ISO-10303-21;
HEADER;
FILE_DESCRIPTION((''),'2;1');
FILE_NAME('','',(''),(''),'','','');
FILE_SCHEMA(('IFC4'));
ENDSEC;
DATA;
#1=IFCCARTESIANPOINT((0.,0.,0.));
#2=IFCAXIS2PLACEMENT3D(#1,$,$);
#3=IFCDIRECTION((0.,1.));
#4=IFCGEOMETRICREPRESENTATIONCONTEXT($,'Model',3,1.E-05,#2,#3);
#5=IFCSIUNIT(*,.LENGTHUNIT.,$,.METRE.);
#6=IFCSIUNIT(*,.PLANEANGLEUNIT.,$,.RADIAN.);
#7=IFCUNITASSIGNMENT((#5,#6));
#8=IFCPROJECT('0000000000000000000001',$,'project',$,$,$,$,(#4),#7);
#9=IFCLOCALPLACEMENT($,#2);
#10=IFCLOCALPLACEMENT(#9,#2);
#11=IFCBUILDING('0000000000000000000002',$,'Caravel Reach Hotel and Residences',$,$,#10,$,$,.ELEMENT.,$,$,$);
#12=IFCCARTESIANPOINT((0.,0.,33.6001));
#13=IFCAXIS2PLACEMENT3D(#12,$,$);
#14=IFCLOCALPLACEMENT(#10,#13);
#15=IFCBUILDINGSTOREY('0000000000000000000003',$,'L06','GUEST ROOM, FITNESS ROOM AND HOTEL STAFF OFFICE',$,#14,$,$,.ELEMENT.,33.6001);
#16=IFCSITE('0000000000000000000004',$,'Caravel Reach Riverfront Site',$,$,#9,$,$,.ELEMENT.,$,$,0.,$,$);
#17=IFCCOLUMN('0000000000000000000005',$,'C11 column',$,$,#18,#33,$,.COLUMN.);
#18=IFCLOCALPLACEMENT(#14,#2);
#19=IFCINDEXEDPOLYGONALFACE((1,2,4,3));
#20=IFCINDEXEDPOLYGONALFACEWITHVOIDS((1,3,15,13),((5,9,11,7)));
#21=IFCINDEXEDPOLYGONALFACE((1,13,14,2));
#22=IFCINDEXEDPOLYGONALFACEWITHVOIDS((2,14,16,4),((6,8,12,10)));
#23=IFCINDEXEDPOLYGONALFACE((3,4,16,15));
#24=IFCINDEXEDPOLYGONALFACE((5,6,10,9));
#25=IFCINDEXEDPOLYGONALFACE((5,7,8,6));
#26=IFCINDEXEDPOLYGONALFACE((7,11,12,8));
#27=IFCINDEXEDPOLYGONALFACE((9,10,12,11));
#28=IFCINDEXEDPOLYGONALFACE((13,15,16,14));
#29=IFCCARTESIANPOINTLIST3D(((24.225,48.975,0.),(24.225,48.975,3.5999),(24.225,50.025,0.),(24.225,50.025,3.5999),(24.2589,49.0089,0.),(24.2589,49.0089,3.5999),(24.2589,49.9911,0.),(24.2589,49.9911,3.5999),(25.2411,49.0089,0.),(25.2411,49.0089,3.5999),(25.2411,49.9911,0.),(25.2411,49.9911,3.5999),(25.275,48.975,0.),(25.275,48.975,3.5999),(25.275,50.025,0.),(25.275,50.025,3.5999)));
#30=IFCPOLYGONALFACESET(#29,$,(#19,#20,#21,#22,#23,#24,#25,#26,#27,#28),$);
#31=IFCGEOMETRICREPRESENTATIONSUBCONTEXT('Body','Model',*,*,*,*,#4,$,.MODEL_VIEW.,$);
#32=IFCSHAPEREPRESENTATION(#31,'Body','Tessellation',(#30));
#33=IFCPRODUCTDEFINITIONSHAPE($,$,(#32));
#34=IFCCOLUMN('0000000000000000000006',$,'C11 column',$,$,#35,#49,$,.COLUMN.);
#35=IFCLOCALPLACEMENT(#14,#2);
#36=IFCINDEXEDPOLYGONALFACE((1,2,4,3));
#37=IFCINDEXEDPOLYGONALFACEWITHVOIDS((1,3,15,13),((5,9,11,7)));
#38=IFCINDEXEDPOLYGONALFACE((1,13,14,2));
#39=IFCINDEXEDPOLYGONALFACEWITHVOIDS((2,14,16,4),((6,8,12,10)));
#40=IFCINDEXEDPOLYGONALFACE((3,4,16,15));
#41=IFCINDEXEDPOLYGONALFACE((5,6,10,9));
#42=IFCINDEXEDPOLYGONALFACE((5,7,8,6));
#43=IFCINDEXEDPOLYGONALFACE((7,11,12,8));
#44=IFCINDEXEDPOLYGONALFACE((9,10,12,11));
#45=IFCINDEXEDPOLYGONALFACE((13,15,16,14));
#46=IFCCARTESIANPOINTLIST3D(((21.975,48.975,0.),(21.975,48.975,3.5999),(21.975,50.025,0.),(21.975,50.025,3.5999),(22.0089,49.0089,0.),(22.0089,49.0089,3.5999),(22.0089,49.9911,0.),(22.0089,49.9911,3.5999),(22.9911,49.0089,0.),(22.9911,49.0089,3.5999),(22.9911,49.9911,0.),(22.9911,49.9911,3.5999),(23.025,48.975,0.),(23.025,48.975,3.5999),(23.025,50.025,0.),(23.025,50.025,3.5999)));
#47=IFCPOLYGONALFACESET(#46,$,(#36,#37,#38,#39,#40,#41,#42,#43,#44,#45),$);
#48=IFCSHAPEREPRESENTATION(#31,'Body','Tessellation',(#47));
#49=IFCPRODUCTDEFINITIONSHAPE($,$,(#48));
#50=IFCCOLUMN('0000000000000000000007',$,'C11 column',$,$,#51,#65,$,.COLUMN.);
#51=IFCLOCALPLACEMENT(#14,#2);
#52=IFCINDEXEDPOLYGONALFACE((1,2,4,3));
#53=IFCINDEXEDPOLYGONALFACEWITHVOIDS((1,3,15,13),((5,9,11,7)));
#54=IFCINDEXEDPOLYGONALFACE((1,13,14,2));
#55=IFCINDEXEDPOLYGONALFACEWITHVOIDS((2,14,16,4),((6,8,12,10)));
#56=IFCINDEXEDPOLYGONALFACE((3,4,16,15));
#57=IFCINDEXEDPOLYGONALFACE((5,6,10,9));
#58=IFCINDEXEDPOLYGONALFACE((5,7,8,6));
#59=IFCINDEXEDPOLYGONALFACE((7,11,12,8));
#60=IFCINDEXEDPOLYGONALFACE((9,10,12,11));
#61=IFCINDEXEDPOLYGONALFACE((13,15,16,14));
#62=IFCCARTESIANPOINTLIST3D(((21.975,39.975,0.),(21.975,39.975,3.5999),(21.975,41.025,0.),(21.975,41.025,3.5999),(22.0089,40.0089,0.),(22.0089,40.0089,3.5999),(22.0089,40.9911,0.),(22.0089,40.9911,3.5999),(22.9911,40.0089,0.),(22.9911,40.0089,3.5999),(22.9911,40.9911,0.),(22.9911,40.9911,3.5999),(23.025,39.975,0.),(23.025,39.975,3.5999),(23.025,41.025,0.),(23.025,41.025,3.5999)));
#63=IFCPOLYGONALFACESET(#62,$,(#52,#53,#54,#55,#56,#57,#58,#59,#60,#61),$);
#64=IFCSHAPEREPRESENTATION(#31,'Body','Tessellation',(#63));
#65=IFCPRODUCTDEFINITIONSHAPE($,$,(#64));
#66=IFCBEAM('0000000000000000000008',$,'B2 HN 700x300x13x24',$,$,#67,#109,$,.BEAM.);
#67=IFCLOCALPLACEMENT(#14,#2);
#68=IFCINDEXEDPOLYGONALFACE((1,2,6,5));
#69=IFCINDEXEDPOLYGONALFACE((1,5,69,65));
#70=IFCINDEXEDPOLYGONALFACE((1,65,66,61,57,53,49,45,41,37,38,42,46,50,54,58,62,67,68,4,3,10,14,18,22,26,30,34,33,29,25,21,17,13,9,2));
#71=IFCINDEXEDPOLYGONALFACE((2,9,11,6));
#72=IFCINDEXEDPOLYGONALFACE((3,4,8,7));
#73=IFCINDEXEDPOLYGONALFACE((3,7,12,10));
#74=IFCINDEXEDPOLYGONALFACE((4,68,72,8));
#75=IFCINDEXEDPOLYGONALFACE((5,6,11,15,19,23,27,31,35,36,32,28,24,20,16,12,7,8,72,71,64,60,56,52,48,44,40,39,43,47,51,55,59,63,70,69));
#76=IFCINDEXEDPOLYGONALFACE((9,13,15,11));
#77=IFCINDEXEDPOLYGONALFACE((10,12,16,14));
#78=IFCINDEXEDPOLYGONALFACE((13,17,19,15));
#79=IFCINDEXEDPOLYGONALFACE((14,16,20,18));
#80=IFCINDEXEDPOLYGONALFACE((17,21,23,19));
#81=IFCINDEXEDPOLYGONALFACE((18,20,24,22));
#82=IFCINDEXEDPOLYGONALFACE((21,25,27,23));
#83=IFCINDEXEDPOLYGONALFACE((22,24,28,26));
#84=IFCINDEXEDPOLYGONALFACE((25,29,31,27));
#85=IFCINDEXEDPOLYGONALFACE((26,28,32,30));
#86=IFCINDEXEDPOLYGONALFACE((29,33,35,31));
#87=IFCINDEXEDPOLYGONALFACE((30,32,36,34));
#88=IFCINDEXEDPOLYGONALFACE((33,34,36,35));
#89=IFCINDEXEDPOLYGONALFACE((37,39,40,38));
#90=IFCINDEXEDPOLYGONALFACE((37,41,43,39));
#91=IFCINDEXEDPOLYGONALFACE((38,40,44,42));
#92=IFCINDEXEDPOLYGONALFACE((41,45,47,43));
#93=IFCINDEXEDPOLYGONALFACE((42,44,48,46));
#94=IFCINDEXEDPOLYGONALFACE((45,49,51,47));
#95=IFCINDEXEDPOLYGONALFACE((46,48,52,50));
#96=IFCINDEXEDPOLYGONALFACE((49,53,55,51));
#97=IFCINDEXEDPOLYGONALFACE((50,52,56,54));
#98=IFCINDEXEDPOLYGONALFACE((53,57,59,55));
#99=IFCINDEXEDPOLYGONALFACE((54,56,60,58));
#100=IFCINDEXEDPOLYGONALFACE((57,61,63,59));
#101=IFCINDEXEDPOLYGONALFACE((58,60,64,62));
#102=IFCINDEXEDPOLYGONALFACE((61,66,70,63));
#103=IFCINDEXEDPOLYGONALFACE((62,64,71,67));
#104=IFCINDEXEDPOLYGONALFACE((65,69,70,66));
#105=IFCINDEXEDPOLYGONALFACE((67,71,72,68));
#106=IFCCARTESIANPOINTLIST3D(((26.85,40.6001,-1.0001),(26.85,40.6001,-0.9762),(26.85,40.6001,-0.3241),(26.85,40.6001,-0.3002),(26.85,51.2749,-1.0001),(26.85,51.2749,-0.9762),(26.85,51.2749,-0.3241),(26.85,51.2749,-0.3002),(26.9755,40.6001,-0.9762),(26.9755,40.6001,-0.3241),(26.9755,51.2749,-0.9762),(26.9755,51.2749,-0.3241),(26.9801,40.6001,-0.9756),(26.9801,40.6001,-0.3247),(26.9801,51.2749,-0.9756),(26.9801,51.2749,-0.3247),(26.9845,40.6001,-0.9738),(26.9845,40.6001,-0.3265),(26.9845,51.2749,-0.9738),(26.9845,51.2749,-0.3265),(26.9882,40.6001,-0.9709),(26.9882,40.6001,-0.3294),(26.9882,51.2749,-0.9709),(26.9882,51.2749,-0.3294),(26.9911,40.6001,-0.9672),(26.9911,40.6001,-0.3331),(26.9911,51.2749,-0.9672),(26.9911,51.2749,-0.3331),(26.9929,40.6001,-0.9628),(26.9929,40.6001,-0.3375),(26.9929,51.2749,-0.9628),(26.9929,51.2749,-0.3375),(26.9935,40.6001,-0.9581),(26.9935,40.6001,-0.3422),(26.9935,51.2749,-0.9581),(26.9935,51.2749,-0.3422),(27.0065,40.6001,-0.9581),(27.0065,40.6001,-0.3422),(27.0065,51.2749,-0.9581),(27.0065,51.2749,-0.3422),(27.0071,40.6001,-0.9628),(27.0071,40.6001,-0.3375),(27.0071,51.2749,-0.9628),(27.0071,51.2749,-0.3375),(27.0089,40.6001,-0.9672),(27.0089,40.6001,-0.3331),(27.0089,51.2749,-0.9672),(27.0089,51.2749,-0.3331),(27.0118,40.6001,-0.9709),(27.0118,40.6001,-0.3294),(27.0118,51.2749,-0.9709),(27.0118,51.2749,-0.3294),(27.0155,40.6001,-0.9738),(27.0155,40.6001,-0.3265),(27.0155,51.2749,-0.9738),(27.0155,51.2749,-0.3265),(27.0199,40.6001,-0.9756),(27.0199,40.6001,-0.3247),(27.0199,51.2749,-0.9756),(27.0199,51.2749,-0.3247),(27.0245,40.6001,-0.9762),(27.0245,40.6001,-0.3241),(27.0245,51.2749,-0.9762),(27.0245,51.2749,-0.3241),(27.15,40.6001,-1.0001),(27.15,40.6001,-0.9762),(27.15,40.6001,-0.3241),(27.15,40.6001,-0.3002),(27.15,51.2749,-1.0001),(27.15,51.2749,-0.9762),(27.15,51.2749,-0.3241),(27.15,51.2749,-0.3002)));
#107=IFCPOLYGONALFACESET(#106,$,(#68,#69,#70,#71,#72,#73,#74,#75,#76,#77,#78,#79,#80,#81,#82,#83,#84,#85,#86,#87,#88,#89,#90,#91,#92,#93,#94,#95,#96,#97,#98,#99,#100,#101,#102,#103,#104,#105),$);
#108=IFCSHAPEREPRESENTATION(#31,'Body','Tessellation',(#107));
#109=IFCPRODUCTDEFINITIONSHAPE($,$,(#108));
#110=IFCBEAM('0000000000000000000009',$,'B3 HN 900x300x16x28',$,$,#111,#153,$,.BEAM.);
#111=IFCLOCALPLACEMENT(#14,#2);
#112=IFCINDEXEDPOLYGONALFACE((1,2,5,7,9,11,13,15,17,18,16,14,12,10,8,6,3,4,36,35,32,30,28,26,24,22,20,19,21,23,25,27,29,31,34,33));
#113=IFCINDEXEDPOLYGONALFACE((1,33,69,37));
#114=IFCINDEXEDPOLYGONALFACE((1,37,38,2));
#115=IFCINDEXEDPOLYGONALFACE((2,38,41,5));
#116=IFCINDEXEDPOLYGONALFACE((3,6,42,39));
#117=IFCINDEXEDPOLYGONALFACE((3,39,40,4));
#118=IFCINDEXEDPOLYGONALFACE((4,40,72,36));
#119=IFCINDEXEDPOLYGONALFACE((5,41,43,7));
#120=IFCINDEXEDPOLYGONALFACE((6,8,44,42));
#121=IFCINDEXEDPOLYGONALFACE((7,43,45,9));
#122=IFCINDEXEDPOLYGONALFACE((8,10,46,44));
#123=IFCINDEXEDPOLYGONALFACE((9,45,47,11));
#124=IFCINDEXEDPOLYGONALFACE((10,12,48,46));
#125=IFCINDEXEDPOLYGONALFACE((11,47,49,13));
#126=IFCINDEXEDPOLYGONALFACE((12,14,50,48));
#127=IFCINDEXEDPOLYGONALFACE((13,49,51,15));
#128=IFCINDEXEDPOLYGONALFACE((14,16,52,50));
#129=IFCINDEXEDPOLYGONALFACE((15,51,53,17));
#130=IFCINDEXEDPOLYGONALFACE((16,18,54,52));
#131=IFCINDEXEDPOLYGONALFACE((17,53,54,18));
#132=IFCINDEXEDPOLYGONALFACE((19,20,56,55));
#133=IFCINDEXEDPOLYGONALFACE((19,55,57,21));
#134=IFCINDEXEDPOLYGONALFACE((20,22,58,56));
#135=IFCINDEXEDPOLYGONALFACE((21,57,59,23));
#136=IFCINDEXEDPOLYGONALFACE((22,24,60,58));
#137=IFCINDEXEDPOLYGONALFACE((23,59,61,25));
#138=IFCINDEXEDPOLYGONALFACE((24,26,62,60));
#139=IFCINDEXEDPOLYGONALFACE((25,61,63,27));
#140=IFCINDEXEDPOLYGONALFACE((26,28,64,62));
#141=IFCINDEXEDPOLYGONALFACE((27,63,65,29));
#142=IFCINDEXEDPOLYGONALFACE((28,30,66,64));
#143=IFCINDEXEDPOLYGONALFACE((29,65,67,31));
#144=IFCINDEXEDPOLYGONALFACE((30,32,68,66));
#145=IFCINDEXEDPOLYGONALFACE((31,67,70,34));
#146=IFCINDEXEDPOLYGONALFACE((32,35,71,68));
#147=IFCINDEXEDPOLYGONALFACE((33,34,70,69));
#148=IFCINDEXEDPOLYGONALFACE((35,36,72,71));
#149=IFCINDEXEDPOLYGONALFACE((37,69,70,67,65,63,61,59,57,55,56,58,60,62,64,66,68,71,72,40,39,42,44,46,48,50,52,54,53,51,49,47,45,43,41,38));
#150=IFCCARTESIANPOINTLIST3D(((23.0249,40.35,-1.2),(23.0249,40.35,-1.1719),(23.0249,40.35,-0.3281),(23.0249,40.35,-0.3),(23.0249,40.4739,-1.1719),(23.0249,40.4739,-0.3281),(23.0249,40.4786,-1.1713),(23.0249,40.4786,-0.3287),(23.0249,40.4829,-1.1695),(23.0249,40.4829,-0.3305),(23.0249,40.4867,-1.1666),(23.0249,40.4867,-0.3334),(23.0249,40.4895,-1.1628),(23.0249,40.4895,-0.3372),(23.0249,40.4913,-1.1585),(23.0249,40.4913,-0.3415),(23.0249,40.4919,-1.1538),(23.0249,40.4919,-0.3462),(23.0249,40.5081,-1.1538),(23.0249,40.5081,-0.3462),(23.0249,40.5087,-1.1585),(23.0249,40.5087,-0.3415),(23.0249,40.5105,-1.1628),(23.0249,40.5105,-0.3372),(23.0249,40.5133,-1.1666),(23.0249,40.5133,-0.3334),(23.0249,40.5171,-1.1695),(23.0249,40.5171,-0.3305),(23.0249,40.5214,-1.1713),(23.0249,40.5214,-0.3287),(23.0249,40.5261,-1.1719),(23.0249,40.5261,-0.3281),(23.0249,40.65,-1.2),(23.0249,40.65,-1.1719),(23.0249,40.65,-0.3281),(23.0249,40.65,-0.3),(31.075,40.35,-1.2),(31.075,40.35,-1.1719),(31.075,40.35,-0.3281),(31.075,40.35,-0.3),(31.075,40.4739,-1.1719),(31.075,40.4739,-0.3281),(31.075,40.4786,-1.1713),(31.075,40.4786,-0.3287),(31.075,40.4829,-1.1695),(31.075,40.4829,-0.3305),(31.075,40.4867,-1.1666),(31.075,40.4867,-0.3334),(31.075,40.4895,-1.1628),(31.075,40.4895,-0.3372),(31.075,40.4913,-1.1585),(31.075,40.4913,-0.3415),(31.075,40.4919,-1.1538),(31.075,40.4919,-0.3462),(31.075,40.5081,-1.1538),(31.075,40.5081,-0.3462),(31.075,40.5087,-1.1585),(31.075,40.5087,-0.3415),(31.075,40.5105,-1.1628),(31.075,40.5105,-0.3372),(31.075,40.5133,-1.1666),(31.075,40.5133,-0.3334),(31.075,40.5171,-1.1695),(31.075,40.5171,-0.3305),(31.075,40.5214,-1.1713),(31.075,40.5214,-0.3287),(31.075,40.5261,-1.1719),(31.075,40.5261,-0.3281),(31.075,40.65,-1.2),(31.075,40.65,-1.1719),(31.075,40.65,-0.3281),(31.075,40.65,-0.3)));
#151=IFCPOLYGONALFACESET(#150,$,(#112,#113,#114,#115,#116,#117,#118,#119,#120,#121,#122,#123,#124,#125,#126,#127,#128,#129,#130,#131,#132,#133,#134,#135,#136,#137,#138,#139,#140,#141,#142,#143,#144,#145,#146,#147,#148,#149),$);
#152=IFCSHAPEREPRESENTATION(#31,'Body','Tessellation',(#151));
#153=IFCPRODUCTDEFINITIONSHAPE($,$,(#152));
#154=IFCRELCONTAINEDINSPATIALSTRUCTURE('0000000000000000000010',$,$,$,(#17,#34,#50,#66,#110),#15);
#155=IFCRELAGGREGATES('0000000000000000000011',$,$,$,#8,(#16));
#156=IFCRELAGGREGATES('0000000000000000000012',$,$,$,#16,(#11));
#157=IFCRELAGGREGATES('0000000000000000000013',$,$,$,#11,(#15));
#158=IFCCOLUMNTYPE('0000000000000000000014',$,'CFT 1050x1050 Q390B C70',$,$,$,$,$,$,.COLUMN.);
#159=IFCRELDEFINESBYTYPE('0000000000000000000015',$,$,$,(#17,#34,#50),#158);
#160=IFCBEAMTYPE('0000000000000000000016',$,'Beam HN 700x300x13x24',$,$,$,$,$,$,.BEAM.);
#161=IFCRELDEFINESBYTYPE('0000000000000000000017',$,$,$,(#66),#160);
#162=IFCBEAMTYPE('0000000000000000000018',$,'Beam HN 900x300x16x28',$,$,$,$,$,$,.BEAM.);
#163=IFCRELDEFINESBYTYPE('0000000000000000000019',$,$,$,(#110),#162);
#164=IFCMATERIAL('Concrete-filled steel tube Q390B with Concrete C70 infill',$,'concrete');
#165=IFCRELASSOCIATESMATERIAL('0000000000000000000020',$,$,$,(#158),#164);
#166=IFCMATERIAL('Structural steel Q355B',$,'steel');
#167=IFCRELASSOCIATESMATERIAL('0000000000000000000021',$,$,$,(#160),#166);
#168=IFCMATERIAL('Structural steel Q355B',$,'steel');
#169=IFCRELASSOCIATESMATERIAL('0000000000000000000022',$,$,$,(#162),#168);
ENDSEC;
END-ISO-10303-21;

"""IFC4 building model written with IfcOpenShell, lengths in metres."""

from ifc_helpers import new_model, si_unit, direction, frame, origin, origin_2d, place, context, subcontext, project, spatial, hollow_rectangle, i_section, extrude, material, material_profile, profile_set, type_object, element, save


model = new_model("IFC4")

# Units and contexts
model_context = context("Model", 3, precision=1e-05, world=origin(), true_north=direction((0.0, 1.0)))
body_context = subcontext(model_context, "Body", "Model", "MODEL_VIEW")
ifc_project = project(units=[si_unit("LENGTHUNIT", "METRE"), si_unit("PLANEANGLEUNIT", "RADIAN")], contexts=[model_context])

# Site, building, storey
site_placement = place(None, origin())
site = spatial("IfcSite", under=ifc_project, at=site_placement, Name="Caravel Reach Riverfront Site", CompositionType="ELEMENT", RefElevation=0.0)
building_placement = place(site_placement, origin())
building = spatial("IfcBuilding", under=site, at=building_placement, Name="Caravel Reach Hotel and Residences", CompositionType="ELEMENT")
storey_placement = place(building_placement, frame((0.0, 0.0, 33.6001)))
storey = spatial("IfcBuildingStorey", under=building, at=storey_placement, Name="L06", Description="GUEST ROOM, FITNESS ROOM AND HOTEL STAFF OFFICE", CompositionType="ELEMENT", Elevation=33.6001)

# Columns
ifc_material_1 = material(Name="Concrete-filled steel tube Q390B with Concrete C70 infill", Category="concrete")
ifc_material_profile_1 = material_profile(ifc_material_1, hollow_rectangle(XDim=1.05, YDim=1.05, WallThickness=0.0339, at=origin_2d()), Name="RHS 1050x1050x34")
ifc_profile_set_1 = profile_set([ifc_material_profile_1], Name="Concrete-filled steel tube Q390B with Concrete C70 infill")
column_type = type_object("IfcColumnType", Name="CFT 1050x1050 Q390B C70", PredefinedType="COLUMN", material=ifc_profile_set_1)
for number, where, z_axis, x_axis, name in (
    (1, (24.75, 49.5, 0.0), (0.0, 0.0, 1.0), (1.0, 0.0, 0.0), "C11 column"),
    (2, (22.5, 49.5, 0.0), (0.0, 0.0, 1.0), (1.0, 0.0, 0.0), "C11 column"),
    (3, (22.5, 40.5, 0.0), (0.0, 0.0, 1.0), (1.0, 0.0, 0.0), "C11 column"),
):
    element("IfcColumn", number, at=place(storey_placement, frame(where, z_axis=z_axis, x_axis=x_axis)), inside=storey, type_object=column_type, Name=name, PredefinedType="COLUMN", context=body_context, shape_type="SweptSolid", body=[
        extrude(hollow_rectangle(XDim=1.05, YDim=1.05, WallThickness=0.0339, at=origin_2d()), origin(), (0.0, 0.0, 1.0), 3.5999),
    ])

# Beams
ifc_material_2 = material(Name="Structural steel Q355B", Category="steel")
ifc_material_profile_2 = material_profile(ifc_material_2, i_section(OverallWidth=0.3, OverallDepth=0.7, WebThickness=0.0129, FlangeThickness=0.0239, FilletRadius=0.0181, at=origin_2d()), Name="HN 700x300x13x24")
ifc_profile_set_2 = profile_set([ifc_material_profile_2], Name="Structural steel Q355B")
beam_type_1 = type_object("IfcBeamType", Name="Beam HN 700x300x13x24", PredefinedType="BEAM", material=ifc_profile_set_2)
beam_1_placement = place(storey_placement, frame((27.0, 40.6001, -0.6501), z_axis=(0.0, 1.0, 0.0), x_axis=(-1.0, 0.0, 0.0)))
element("IfcBeam", 4, at=beam_1_placement, inside=storey, type_object=beam_type_1, Name="B2 HN 700x300x13x24", PredefinedType="BEAM", context=body_context, shape_type="SweptSolid", body=[
    extrude(i_section(OverallWidth=0.3, OverallDepth=0.7, WebThickness=0.0129, FlangeThickness=0.0239, FilletRadius=0.0181, at=origin_2d()), origin(), (0.0, 0.0, 1.0), 10.6748),
])
ifc_material_3 = material(Name="Structural steel Q355B", Category="steel")
ifc_material_profile_3 = material_profile(ifc_material_3, i_section(OverallWidth=0.3, OverallDepth=0.8999, WebThickness=0.0161, FlangeThickness=0.0281, FilletRadius=0.0181, at=origin_2d()), Name="HN 900x300x16x28")
ifc_profile_set_3 = profile_set([ifc_material_profile_3], Name="Structural steel Q355B")
beam_type_2 = type_object("IfcBeamType", Name="Beam HN 900x300x16x28", PredefinedType="BEAM", material=ifc_profile_set_3)
beam_2_placement = place(storey_placement, frame((23.0249, 40.5, -0.75), z_axis=(1.0, 0.0, 0.0), x_axis=(0.0, 1.0, 0.0)))
element("IfcBeam", 5, at=beam_2_placement, inside=storey, type_object=beam_type_2, Name="B3 HN 900x300x16x28", PredefinedType="BEAM", context=body_context, shape_type="SweptSolid", body=[
    extrude(i_section(OverallWidth=0.3, OverallDepth=0.8999, WebThickness=0.0161, FlangeThickness=0.0281, FilletRadius=0.0181, at=origin_2d()), origin(), (0.0, 0.0, 1.0), 8.05),
])

save(model, "model.ifc")
